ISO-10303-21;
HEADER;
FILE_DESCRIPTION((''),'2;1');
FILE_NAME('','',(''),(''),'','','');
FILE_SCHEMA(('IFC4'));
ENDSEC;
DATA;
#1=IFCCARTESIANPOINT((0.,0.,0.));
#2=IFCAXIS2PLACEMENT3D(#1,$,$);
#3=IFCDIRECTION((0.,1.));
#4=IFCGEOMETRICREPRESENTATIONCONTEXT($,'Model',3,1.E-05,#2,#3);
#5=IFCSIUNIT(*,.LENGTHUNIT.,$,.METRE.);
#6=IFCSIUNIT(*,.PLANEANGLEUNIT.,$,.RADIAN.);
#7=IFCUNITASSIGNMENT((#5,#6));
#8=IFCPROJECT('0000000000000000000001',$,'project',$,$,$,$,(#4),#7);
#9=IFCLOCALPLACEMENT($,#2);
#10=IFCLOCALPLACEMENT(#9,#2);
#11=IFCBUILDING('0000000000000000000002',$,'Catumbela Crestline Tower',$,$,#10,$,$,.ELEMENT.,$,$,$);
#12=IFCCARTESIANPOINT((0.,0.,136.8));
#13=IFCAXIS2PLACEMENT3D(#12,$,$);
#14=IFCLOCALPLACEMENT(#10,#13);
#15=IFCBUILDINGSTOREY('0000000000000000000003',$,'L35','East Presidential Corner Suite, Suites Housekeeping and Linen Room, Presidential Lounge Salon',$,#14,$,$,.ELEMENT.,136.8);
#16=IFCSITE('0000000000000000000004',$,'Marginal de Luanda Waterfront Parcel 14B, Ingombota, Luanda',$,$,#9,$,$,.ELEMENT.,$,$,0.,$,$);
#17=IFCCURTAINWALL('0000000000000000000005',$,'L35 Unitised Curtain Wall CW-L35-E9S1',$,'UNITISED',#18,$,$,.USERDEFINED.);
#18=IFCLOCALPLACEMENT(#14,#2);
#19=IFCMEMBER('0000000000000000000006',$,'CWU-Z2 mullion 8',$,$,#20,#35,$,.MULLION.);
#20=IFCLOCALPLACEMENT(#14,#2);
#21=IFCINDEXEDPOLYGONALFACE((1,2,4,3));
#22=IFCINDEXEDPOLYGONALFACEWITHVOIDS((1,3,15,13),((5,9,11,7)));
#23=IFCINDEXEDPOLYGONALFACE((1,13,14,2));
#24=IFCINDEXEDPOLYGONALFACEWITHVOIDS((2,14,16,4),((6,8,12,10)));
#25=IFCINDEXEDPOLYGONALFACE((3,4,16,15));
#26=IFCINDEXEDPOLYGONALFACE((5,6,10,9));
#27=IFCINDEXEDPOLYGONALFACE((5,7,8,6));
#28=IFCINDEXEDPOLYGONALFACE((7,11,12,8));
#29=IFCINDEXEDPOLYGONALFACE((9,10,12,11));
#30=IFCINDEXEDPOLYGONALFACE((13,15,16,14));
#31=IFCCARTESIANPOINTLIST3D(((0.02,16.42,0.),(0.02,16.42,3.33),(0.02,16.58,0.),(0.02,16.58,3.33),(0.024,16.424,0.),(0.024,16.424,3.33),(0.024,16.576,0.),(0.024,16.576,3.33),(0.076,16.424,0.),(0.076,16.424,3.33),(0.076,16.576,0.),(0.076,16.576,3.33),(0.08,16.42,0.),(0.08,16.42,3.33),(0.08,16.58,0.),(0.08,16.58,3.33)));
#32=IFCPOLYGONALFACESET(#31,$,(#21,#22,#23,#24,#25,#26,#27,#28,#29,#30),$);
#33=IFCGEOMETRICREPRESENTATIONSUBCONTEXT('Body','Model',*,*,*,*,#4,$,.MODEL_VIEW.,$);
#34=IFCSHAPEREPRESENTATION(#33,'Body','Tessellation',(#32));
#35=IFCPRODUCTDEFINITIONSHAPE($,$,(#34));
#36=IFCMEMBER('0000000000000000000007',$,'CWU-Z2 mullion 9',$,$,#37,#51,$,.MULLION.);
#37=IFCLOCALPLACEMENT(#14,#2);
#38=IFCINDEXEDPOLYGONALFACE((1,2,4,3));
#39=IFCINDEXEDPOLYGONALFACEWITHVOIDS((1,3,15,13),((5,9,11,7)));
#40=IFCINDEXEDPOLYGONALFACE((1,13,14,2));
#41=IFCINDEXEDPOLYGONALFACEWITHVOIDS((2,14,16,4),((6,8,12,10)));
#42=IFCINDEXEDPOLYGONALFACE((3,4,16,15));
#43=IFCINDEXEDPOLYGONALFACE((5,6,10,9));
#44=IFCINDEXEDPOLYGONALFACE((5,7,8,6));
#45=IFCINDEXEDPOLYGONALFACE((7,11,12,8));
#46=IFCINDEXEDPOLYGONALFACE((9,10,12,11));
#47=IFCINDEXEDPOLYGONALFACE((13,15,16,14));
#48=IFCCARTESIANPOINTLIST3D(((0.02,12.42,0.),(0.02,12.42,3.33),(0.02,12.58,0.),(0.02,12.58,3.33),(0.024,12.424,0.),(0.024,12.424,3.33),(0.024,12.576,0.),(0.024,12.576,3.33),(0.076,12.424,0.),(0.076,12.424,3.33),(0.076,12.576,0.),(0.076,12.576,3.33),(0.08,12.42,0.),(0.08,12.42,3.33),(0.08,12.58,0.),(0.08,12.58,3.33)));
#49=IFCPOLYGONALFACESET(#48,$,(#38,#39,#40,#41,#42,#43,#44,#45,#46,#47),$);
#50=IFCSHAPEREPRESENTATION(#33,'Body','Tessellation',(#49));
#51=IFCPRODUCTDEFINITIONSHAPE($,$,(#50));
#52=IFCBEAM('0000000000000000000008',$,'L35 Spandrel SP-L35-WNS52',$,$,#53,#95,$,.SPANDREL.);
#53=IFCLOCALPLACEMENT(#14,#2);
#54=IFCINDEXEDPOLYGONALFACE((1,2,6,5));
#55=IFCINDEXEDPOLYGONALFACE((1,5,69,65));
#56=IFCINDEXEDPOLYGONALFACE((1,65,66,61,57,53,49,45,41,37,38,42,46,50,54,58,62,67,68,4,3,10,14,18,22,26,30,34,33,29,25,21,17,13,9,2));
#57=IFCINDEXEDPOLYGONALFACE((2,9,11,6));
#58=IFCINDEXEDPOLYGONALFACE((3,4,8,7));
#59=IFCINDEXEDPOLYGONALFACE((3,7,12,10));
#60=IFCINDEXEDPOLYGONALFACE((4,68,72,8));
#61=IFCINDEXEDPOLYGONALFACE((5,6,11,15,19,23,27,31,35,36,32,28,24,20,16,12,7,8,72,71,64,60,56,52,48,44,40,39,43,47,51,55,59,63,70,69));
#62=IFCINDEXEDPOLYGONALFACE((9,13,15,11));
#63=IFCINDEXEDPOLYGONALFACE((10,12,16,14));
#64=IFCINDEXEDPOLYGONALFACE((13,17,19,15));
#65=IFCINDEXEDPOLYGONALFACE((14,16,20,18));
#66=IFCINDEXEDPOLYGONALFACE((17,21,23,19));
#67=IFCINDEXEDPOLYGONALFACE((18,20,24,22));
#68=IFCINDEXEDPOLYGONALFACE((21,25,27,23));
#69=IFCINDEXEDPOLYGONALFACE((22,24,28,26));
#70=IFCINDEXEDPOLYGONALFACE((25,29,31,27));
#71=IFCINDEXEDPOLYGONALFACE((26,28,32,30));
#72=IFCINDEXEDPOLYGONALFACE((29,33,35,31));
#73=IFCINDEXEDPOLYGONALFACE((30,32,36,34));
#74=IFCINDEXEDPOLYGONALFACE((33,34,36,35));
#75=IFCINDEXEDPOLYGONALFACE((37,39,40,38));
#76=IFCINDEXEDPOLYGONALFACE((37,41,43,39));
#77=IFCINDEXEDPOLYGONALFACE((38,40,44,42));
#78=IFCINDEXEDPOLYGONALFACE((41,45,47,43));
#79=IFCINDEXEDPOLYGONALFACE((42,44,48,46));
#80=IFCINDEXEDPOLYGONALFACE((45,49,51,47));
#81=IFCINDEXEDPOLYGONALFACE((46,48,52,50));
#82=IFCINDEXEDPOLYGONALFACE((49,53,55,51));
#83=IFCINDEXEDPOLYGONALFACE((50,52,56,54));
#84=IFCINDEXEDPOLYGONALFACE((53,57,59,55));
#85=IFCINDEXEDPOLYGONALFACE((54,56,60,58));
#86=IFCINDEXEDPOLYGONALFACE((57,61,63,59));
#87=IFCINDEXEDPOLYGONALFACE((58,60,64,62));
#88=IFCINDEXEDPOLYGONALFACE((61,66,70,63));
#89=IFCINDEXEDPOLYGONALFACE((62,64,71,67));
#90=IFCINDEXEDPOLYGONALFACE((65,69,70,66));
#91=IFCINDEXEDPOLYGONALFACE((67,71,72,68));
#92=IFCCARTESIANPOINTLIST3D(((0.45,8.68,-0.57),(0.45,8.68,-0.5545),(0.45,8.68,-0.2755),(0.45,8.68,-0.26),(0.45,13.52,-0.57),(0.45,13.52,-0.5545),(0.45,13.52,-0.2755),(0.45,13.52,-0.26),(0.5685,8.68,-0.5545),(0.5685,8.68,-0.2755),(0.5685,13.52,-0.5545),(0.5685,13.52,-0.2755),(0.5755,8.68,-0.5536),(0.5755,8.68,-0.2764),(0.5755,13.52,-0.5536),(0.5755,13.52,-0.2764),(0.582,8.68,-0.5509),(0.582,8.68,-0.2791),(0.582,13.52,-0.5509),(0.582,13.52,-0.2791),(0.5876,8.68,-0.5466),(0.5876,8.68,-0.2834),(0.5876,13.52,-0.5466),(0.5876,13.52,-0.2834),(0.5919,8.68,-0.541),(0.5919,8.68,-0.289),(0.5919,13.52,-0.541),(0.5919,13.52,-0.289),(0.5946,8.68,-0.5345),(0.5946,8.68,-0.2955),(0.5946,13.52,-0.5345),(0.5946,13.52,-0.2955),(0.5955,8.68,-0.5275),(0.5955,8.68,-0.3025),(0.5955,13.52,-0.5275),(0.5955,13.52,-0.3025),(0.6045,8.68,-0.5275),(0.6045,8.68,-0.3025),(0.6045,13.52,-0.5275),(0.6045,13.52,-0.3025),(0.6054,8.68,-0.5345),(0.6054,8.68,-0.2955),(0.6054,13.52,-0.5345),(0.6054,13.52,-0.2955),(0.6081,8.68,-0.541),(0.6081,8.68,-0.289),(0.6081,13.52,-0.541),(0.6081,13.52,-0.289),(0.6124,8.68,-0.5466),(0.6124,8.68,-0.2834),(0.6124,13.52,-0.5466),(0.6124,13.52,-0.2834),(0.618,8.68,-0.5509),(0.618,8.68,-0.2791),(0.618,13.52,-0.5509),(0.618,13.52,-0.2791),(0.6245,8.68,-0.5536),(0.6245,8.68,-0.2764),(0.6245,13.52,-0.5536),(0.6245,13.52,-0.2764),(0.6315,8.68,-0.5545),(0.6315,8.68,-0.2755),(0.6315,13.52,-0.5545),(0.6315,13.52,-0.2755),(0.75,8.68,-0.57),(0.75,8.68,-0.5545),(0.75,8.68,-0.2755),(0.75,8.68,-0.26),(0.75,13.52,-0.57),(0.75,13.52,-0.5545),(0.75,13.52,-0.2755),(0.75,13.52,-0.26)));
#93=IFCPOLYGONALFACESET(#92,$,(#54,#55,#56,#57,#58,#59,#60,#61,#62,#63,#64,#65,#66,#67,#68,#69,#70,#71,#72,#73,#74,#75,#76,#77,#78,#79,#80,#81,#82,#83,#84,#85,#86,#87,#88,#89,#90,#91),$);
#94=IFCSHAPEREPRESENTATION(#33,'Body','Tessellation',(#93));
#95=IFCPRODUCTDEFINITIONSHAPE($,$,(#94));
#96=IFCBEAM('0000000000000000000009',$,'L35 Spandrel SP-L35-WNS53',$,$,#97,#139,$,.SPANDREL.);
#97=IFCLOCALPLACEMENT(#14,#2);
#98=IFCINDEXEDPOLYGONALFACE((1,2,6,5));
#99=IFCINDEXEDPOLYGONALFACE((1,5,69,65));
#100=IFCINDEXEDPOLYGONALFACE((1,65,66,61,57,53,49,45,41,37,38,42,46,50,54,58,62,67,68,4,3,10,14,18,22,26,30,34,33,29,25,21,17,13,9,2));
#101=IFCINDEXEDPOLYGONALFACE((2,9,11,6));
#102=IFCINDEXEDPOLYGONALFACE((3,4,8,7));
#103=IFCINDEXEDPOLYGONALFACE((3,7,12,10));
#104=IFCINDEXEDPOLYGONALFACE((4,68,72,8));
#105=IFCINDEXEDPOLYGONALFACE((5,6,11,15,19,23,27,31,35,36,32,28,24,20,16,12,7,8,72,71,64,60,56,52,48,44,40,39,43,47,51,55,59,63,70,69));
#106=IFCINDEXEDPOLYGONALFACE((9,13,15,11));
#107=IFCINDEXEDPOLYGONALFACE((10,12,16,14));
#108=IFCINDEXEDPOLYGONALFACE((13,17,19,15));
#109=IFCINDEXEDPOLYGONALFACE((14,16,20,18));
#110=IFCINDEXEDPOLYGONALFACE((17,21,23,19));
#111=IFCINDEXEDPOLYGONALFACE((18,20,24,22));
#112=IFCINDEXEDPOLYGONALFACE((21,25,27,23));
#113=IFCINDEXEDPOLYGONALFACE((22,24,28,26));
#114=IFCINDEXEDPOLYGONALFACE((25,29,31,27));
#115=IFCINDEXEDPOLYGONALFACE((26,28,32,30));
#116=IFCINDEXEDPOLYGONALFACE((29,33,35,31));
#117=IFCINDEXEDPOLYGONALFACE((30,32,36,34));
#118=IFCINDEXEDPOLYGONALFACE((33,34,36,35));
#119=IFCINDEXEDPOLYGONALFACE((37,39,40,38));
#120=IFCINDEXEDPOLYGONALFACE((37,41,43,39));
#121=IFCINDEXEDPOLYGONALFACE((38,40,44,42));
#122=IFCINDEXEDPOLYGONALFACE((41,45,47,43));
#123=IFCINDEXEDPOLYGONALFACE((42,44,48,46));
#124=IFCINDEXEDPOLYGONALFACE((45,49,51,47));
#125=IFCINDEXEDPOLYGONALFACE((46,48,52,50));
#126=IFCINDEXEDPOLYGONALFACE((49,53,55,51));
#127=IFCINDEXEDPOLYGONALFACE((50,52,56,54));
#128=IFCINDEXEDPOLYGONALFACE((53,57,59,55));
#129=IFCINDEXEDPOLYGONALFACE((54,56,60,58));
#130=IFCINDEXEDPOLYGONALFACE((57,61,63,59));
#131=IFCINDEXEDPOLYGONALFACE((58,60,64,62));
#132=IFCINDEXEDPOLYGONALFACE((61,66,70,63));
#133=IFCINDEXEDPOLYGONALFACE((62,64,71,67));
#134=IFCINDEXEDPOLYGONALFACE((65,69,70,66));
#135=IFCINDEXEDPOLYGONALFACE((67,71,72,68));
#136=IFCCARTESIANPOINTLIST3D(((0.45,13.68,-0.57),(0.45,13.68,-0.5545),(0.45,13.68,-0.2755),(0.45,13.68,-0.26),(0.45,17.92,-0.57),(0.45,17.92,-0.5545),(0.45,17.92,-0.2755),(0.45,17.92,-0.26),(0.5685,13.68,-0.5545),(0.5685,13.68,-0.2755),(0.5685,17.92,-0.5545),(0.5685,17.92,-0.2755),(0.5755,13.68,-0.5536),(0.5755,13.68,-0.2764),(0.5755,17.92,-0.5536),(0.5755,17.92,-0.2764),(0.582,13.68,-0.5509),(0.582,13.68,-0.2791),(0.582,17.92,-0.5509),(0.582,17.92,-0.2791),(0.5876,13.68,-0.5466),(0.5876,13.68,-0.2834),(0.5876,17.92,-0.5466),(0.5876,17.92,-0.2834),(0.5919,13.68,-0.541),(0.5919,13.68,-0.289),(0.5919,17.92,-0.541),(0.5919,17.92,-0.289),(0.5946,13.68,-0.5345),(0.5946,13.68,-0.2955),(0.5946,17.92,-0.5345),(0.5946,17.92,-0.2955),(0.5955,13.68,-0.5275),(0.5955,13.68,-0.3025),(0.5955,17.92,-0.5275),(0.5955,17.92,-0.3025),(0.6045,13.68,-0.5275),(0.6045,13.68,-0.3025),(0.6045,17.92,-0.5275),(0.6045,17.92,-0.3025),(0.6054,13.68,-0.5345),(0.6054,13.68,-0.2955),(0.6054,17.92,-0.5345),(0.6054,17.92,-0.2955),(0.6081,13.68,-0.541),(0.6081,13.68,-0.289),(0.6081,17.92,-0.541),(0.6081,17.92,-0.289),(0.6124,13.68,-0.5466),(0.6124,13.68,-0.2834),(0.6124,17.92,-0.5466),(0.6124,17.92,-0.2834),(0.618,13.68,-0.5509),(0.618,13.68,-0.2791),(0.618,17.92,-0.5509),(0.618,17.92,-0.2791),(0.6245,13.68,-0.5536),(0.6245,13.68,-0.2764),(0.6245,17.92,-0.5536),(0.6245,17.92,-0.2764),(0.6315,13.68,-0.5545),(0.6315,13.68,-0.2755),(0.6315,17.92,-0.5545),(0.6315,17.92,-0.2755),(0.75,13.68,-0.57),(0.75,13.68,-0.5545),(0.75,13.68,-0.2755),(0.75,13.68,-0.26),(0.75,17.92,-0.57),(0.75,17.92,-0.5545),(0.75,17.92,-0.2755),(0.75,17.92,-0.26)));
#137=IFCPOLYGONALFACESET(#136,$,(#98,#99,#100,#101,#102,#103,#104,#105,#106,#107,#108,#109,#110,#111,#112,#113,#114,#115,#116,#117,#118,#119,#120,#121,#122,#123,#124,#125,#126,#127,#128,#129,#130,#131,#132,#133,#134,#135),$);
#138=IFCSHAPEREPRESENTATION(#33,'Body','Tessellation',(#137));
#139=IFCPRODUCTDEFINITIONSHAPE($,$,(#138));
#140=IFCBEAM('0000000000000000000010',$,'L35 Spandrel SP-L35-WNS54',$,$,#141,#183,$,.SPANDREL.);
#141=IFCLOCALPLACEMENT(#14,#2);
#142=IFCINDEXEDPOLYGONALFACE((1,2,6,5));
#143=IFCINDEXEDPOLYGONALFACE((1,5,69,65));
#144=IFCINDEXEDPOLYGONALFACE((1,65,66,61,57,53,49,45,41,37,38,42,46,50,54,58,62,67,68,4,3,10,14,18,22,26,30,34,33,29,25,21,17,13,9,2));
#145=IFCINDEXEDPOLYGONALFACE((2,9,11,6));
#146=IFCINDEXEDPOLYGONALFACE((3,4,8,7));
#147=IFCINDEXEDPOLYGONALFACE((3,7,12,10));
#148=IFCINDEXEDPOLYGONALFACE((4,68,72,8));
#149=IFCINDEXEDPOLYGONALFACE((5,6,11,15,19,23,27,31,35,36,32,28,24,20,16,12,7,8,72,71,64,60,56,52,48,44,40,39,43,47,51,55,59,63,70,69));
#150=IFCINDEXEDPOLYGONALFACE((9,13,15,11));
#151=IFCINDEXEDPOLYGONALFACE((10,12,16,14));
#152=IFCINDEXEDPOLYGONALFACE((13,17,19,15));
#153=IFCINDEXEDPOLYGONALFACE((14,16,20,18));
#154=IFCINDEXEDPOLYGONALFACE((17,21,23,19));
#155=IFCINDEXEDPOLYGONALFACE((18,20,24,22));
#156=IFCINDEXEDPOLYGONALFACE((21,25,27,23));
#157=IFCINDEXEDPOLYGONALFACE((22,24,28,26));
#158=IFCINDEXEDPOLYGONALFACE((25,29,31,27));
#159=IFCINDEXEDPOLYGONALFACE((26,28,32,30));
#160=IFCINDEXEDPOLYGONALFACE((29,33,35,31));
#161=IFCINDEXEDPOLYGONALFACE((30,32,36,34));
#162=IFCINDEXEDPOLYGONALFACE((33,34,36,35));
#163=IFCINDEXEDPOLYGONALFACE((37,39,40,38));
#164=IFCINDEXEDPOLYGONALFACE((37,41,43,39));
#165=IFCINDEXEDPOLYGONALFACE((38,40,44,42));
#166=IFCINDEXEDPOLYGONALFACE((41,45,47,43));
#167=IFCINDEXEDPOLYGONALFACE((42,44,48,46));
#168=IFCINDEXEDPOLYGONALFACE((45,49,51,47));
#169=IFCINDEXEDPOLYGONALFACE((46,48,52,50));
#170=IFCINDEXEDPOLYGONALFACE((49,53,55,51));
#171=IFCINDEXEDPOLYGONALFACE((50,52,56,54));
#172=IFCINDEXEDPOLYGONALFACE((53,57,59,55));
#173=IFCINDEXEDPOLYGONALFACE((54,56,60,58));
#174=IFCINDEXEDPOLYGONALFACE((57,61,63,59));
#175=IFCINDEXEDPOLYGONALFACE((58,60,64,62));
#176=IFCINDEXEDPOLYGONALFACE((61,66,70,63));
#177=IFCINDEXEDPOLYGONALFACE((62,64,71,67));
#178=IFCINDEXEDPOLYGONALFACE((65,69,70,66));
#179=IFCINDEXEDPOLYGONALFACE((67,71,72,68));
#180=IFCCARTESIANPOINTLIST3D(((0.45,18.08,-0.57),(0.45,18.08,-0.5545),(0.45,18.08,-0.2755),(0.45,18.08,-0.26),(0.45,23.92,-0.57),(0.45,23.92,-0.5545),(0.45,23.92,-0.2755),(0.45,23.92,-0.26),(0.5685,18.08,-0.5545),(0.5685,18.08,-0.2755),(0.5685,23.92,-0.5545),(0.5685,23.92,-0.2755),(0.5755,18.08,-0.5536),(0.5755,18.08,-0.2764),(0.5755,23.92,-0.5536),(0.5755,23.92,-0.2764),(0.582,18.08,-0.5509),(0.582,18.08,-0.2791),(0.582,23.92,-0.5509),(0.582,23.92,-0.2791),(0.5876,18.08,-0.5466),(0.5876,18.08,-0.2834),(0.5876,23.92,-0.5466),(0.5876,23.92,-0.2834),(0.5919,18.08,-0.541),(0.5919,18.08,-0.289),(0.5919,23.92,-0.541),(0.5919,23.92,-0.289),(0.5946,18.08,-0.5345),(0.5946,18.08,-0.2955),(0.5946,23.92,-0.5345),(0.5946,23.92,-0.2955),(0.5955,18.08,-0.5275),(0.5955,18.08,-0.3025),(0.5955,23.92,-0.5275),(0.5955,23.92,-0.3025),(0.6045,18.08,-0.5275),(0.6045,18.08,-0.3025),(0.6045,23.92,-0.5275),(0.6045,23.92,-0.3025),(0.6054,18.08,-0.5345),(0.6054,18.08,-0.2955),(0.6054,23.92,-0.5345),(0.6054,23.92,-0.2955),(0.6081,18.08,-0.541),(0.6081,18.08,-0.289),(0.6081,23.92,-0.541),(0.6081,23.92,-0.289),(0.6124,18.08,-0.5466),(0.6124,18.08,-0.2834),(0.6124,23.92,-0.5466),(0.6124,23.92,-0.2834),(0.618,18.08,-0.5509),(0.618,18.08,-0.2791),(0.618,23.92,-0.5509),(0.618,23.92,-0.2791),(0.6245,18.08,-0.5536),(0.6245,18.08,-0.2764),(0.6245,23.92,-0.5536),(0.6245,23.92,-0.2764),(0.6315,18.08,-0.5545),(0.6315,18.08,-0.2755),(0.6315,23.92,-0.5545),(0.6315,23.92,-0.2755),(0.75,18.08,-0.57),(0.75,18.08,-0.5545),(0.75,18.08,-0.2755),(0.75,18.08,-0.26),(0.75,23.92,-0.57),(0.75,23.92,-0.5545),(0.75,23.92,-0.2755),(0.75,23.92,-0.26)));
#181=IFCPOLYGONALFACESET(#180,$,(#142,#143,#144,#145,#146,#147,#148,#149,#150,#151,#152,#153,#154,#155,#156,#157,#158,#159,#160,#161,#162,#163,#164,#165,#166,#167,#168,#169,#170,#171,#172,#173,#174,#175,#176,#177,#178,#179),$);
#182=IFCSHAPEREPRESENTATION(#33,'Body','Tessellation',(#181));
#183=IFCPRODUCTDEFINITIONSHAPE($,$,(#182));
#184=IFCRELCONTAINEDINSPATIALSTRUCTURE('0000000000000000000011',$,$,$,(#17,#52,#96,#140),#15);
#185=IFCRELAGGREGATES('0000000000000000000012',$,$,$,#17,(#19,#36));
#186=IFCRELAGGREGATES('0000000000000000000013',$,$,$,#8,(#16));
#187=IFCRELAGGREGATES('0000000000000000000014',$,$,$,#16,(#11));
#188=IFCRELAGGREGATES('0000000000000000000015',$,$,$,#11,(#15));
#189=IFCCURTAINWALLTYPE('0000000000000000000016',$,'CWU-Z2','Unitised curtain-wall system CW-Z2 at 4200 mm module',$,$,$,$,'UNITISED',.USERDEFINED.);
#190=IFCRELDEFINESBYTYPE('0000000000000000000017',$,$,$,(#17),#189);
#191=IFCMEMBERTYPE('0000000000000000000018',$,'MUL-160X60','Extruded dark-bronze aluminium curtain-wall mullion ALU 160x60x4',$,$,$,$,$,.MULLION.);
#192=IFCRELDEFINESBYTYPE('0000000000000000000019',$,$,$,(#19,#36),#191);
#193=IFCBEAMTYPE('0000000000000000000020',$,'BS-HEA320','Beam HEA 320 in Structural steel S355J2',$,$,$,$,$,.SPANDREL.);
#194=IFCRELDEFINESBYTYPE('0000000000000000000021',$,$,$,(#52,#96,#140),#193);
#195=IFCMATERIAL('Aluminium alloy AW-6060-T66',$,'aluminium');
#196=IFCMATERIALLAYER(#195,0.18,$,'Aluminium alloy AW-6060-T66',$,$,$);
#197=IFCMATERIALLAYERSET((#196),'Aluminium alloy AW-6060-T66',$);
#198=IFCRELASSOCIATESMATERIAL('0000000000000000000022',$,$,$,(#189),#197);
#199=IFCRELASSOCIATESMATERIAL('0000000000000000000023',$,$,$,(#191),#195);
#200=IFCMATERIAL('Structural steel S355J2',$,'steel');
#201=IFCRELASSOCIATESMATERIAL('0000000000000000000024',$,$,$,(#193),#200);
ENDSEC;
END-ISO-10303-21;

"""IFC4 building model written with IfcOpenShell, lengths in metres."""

from ifc_helpers import new_model, si_unit, direction, frame, origin, origin_2d, place, context, subcontext, project, spatial, hollow_rectangle, i_section, extrude, material, layer, layer_set, material_profile, profile_set, type_object, element, aggregate, save


model = new_model("IFC4")

# Units and contexts
model_context = context("Model", 3, precision=1e-05, world=origin(), true_north=direction((0.0, 1.0)))
body_context = subcontext(model_context, "Body", "Model", "MODEL_VIEW")
ifc_project = project(units=[si_unit("LENGTHUNIT", "METRE"), si_unit("PLANEANGLEUNIT", "RADIAN")], contexts=[model_context])

# Site, building, storey
site_placement = place(None, origin())
site = spatial("IfcSite", under=ifc_project, at=site_placement, Name="Marginal de Luanda Waterfront Parcel 14B, Ingombota, Luanda", CompositionType="ELEMENT", RefElevation=0.0)
building_placement = place(site_placement, origin())
building = spatial("IfcBuilding", under=site, at=building_placement, Name="Catumbela Crestline Tower", CompositionType="ELEMENT")
storey_placement = place(building_placement, frame((0.0, 0.0, 136.8)))
storey = spatial("IfcBuildingStorey", under=building, at=storey_placement, Name="L35", Description="East Presidential Corner Suite, Suites Housekeeping and Linen Room, Presidential Lounge Salon", CompositionType="ELEMENT", Elevation=136.8)

# Shared definitions
ifc_material_1 = material(Name="Structural steel S355J2", Category="steel")

# Curtain wall, members
ifc_material_2 = material(Name="Aluminium alloy AW-6060-T66", Category="aluminium")
ifc_layer_1 = layer(ifc_material_2, 0.18, Name="Aluminium alloy AW-6060-T66")
ifc_layer_set_1 = layer_set([ifc_layer_1], Name="Aluminium alloy AW-6060-T66")
curtain_wall_type = type_object("IfcCurtainWallType", Name="CWU-Z2", Description="Unitised curtain-wall system CW-Z2 at 4200 mm module", ElementType="UNITISED", PredefinedType="USERDEFINED", material=ifc_layer_set_1)
curtain_wall_placement = place(storey_placement, origin())
curtain_wall = element("IfcCurtainWall", 1, at=curtain_wall_placement, inside=storey, type_object=curtain_wall_type, Name="L35 Unitised Curtain Wall CW-L35-E9S1", ObjectType="UNITISED", PredefinedType="USERDEFINED")
ifc_material_profile_1 = material_profile(ifc_material_2, hollow_rectangle(XDim=0.06, YDim=0.16, WallThickness=0.004, at=origin_2d()), Name="ALU 160x60x4")
ifc_profile_set_1 = profile_set([ifc_material_profile_1], Name="Aluminium alloy AW-6060-T66")
member_type_1 = type_object("IfcMemberType", Name="MUL-160X60", Description="Extruded dark-bronze aluminium curtain-wall mullion ALU 160x60x4", PredefinedType="MULLION", material=ifc_profile_set_1)
member_1_placement = place(storey_placement, frame((0.05, 16.5, 0.0), z_axis=(0.0, 0.0, 1.0), x_axis=(1.0, 0.0, 0.0)))
member_1 = element("IfcMember", 2, at=member_1_placement, type_object=member_type_1, Name="CWU-Z2 mullion 8", PredefinedType="MULLION", context=body_context, shape_type="SweptSolid", body=[
    extrude(hollow_rectangle(XDim=0.06, YDim=0.16, WallThickness=0.004, at=origin_2d()), origin(), (0.0, 0.0, 1.0), 3.33),
])
member_2_placement = place(storey_placement, frame((0.05, 12.5, 0.0), z_axis=(0.0, 0.0, 1.0), x_axis=(1.0, 0.0, 0.0)))
member_2 = element("IfcMember", 3, at=member_2_placement, type_object=member_type_1, Name="CWU-Z2 mullion 9", PredefinedType="MULLION", context=body_context, shape_type="SweptSolid", body=[
    extrude(hollow_rectangle(XDim=0.06, YDim=0.16, WallThickness=0.004, at=origin_2d()), origin(), (0.0, 0.0, 1.0), 3.33),
])

# Beams
ifc_material_profile_2 = material_profile(ifc_material_1, i_section(OverallWidth=0.3, OverallDepth=0.31, WebThickness=0.009, FlangeThickness=0.0155, FilletRadius=0.027, at=origin_2d()), Name="HEA 320")
ifc_profile_set_2 = profile_set([ifc_material_profile_2], Name="Structural steel S355J2")
beam_type_1 = type_object("IfcBeamType", Name="BS-HEA320", Description="Beam HEA 320 in Structural steel S355J2", PredefinedType="SPANDREL", material=ifc_profile_set_2)
beam_1_placement = place(storey_placement, frame((0.6, 8.68, -0.415), z_axis=(0.0, 1.0, 0.0), x_axis=(-1.0, 0.0, 0.0)))
element("IfcBeam", 4, at=beam_1_placement, inside=storey, type_object=beam_type_1, Name="L35 Spandrel SP-L35-WNS52", PredefinedType="SPANDREL", context=body_context, shape_type="SweptSolid", body=[
    extrude(i_section(OverallWidth=0.3, OverallDepth=0.31, WebThickness=0.009, FlangeThickness=0.0155, FilletRadius=0.027, at=origin_2d()), origin(), (0.0, 0.0, 1.0), 4.84),
])
beam_2_placement = place(storey_placement, frame((0.6, 13.68, -0.415), z_axis=(0.0, 1.0, 0.0), x_axis=(-1.0, 0.0, 0.0)))
element("IfcBeam", 5, at=beam_2_placement, inside=storey, type_object=beam_type_1, Name="L35 Spandrel SP-L35-WNS53", PredefinedType="SPANDREL", context=body_context, shape_type="SweptSolid", body=[
    extrude(i_section(OverallWidth=0.3, OverallDepth=0.31, WebThickness=0.009, FlangeThickness=0.0155, FilletRadius=0.027, at=origin_2d()), origin(), (0.0, 0.0, 1.0), 4.24),
])
beam_3_placement = place(storey_placement, frame((0.6, 18.08, -0.415), z_axis=(0.0, 1.0, 0.0), x_axis=(-1.0, 0.0, 0.0)))
element("IfcBeam", 6, at=beam_3_placement, inside=storey, type_object=beam_type_1, Name="L35 Spandrel SP-L35-WNS54", PredefinedType="SPANDREL", context=body_context, shape_type="SweptSolid", body=[
    extrude(i_section(OverallWidth=0.3, OverallDepth=0.31, WebThickness=0.009, FlangeThickness=0.0155, FilletRadius=0.027, at=origin_2d()), origin(), (0.0, 0.0, 1.0), 5.84),
])

aggregate(curtain_wall, [member_1, member_2])

save(model, "model.ifc")
